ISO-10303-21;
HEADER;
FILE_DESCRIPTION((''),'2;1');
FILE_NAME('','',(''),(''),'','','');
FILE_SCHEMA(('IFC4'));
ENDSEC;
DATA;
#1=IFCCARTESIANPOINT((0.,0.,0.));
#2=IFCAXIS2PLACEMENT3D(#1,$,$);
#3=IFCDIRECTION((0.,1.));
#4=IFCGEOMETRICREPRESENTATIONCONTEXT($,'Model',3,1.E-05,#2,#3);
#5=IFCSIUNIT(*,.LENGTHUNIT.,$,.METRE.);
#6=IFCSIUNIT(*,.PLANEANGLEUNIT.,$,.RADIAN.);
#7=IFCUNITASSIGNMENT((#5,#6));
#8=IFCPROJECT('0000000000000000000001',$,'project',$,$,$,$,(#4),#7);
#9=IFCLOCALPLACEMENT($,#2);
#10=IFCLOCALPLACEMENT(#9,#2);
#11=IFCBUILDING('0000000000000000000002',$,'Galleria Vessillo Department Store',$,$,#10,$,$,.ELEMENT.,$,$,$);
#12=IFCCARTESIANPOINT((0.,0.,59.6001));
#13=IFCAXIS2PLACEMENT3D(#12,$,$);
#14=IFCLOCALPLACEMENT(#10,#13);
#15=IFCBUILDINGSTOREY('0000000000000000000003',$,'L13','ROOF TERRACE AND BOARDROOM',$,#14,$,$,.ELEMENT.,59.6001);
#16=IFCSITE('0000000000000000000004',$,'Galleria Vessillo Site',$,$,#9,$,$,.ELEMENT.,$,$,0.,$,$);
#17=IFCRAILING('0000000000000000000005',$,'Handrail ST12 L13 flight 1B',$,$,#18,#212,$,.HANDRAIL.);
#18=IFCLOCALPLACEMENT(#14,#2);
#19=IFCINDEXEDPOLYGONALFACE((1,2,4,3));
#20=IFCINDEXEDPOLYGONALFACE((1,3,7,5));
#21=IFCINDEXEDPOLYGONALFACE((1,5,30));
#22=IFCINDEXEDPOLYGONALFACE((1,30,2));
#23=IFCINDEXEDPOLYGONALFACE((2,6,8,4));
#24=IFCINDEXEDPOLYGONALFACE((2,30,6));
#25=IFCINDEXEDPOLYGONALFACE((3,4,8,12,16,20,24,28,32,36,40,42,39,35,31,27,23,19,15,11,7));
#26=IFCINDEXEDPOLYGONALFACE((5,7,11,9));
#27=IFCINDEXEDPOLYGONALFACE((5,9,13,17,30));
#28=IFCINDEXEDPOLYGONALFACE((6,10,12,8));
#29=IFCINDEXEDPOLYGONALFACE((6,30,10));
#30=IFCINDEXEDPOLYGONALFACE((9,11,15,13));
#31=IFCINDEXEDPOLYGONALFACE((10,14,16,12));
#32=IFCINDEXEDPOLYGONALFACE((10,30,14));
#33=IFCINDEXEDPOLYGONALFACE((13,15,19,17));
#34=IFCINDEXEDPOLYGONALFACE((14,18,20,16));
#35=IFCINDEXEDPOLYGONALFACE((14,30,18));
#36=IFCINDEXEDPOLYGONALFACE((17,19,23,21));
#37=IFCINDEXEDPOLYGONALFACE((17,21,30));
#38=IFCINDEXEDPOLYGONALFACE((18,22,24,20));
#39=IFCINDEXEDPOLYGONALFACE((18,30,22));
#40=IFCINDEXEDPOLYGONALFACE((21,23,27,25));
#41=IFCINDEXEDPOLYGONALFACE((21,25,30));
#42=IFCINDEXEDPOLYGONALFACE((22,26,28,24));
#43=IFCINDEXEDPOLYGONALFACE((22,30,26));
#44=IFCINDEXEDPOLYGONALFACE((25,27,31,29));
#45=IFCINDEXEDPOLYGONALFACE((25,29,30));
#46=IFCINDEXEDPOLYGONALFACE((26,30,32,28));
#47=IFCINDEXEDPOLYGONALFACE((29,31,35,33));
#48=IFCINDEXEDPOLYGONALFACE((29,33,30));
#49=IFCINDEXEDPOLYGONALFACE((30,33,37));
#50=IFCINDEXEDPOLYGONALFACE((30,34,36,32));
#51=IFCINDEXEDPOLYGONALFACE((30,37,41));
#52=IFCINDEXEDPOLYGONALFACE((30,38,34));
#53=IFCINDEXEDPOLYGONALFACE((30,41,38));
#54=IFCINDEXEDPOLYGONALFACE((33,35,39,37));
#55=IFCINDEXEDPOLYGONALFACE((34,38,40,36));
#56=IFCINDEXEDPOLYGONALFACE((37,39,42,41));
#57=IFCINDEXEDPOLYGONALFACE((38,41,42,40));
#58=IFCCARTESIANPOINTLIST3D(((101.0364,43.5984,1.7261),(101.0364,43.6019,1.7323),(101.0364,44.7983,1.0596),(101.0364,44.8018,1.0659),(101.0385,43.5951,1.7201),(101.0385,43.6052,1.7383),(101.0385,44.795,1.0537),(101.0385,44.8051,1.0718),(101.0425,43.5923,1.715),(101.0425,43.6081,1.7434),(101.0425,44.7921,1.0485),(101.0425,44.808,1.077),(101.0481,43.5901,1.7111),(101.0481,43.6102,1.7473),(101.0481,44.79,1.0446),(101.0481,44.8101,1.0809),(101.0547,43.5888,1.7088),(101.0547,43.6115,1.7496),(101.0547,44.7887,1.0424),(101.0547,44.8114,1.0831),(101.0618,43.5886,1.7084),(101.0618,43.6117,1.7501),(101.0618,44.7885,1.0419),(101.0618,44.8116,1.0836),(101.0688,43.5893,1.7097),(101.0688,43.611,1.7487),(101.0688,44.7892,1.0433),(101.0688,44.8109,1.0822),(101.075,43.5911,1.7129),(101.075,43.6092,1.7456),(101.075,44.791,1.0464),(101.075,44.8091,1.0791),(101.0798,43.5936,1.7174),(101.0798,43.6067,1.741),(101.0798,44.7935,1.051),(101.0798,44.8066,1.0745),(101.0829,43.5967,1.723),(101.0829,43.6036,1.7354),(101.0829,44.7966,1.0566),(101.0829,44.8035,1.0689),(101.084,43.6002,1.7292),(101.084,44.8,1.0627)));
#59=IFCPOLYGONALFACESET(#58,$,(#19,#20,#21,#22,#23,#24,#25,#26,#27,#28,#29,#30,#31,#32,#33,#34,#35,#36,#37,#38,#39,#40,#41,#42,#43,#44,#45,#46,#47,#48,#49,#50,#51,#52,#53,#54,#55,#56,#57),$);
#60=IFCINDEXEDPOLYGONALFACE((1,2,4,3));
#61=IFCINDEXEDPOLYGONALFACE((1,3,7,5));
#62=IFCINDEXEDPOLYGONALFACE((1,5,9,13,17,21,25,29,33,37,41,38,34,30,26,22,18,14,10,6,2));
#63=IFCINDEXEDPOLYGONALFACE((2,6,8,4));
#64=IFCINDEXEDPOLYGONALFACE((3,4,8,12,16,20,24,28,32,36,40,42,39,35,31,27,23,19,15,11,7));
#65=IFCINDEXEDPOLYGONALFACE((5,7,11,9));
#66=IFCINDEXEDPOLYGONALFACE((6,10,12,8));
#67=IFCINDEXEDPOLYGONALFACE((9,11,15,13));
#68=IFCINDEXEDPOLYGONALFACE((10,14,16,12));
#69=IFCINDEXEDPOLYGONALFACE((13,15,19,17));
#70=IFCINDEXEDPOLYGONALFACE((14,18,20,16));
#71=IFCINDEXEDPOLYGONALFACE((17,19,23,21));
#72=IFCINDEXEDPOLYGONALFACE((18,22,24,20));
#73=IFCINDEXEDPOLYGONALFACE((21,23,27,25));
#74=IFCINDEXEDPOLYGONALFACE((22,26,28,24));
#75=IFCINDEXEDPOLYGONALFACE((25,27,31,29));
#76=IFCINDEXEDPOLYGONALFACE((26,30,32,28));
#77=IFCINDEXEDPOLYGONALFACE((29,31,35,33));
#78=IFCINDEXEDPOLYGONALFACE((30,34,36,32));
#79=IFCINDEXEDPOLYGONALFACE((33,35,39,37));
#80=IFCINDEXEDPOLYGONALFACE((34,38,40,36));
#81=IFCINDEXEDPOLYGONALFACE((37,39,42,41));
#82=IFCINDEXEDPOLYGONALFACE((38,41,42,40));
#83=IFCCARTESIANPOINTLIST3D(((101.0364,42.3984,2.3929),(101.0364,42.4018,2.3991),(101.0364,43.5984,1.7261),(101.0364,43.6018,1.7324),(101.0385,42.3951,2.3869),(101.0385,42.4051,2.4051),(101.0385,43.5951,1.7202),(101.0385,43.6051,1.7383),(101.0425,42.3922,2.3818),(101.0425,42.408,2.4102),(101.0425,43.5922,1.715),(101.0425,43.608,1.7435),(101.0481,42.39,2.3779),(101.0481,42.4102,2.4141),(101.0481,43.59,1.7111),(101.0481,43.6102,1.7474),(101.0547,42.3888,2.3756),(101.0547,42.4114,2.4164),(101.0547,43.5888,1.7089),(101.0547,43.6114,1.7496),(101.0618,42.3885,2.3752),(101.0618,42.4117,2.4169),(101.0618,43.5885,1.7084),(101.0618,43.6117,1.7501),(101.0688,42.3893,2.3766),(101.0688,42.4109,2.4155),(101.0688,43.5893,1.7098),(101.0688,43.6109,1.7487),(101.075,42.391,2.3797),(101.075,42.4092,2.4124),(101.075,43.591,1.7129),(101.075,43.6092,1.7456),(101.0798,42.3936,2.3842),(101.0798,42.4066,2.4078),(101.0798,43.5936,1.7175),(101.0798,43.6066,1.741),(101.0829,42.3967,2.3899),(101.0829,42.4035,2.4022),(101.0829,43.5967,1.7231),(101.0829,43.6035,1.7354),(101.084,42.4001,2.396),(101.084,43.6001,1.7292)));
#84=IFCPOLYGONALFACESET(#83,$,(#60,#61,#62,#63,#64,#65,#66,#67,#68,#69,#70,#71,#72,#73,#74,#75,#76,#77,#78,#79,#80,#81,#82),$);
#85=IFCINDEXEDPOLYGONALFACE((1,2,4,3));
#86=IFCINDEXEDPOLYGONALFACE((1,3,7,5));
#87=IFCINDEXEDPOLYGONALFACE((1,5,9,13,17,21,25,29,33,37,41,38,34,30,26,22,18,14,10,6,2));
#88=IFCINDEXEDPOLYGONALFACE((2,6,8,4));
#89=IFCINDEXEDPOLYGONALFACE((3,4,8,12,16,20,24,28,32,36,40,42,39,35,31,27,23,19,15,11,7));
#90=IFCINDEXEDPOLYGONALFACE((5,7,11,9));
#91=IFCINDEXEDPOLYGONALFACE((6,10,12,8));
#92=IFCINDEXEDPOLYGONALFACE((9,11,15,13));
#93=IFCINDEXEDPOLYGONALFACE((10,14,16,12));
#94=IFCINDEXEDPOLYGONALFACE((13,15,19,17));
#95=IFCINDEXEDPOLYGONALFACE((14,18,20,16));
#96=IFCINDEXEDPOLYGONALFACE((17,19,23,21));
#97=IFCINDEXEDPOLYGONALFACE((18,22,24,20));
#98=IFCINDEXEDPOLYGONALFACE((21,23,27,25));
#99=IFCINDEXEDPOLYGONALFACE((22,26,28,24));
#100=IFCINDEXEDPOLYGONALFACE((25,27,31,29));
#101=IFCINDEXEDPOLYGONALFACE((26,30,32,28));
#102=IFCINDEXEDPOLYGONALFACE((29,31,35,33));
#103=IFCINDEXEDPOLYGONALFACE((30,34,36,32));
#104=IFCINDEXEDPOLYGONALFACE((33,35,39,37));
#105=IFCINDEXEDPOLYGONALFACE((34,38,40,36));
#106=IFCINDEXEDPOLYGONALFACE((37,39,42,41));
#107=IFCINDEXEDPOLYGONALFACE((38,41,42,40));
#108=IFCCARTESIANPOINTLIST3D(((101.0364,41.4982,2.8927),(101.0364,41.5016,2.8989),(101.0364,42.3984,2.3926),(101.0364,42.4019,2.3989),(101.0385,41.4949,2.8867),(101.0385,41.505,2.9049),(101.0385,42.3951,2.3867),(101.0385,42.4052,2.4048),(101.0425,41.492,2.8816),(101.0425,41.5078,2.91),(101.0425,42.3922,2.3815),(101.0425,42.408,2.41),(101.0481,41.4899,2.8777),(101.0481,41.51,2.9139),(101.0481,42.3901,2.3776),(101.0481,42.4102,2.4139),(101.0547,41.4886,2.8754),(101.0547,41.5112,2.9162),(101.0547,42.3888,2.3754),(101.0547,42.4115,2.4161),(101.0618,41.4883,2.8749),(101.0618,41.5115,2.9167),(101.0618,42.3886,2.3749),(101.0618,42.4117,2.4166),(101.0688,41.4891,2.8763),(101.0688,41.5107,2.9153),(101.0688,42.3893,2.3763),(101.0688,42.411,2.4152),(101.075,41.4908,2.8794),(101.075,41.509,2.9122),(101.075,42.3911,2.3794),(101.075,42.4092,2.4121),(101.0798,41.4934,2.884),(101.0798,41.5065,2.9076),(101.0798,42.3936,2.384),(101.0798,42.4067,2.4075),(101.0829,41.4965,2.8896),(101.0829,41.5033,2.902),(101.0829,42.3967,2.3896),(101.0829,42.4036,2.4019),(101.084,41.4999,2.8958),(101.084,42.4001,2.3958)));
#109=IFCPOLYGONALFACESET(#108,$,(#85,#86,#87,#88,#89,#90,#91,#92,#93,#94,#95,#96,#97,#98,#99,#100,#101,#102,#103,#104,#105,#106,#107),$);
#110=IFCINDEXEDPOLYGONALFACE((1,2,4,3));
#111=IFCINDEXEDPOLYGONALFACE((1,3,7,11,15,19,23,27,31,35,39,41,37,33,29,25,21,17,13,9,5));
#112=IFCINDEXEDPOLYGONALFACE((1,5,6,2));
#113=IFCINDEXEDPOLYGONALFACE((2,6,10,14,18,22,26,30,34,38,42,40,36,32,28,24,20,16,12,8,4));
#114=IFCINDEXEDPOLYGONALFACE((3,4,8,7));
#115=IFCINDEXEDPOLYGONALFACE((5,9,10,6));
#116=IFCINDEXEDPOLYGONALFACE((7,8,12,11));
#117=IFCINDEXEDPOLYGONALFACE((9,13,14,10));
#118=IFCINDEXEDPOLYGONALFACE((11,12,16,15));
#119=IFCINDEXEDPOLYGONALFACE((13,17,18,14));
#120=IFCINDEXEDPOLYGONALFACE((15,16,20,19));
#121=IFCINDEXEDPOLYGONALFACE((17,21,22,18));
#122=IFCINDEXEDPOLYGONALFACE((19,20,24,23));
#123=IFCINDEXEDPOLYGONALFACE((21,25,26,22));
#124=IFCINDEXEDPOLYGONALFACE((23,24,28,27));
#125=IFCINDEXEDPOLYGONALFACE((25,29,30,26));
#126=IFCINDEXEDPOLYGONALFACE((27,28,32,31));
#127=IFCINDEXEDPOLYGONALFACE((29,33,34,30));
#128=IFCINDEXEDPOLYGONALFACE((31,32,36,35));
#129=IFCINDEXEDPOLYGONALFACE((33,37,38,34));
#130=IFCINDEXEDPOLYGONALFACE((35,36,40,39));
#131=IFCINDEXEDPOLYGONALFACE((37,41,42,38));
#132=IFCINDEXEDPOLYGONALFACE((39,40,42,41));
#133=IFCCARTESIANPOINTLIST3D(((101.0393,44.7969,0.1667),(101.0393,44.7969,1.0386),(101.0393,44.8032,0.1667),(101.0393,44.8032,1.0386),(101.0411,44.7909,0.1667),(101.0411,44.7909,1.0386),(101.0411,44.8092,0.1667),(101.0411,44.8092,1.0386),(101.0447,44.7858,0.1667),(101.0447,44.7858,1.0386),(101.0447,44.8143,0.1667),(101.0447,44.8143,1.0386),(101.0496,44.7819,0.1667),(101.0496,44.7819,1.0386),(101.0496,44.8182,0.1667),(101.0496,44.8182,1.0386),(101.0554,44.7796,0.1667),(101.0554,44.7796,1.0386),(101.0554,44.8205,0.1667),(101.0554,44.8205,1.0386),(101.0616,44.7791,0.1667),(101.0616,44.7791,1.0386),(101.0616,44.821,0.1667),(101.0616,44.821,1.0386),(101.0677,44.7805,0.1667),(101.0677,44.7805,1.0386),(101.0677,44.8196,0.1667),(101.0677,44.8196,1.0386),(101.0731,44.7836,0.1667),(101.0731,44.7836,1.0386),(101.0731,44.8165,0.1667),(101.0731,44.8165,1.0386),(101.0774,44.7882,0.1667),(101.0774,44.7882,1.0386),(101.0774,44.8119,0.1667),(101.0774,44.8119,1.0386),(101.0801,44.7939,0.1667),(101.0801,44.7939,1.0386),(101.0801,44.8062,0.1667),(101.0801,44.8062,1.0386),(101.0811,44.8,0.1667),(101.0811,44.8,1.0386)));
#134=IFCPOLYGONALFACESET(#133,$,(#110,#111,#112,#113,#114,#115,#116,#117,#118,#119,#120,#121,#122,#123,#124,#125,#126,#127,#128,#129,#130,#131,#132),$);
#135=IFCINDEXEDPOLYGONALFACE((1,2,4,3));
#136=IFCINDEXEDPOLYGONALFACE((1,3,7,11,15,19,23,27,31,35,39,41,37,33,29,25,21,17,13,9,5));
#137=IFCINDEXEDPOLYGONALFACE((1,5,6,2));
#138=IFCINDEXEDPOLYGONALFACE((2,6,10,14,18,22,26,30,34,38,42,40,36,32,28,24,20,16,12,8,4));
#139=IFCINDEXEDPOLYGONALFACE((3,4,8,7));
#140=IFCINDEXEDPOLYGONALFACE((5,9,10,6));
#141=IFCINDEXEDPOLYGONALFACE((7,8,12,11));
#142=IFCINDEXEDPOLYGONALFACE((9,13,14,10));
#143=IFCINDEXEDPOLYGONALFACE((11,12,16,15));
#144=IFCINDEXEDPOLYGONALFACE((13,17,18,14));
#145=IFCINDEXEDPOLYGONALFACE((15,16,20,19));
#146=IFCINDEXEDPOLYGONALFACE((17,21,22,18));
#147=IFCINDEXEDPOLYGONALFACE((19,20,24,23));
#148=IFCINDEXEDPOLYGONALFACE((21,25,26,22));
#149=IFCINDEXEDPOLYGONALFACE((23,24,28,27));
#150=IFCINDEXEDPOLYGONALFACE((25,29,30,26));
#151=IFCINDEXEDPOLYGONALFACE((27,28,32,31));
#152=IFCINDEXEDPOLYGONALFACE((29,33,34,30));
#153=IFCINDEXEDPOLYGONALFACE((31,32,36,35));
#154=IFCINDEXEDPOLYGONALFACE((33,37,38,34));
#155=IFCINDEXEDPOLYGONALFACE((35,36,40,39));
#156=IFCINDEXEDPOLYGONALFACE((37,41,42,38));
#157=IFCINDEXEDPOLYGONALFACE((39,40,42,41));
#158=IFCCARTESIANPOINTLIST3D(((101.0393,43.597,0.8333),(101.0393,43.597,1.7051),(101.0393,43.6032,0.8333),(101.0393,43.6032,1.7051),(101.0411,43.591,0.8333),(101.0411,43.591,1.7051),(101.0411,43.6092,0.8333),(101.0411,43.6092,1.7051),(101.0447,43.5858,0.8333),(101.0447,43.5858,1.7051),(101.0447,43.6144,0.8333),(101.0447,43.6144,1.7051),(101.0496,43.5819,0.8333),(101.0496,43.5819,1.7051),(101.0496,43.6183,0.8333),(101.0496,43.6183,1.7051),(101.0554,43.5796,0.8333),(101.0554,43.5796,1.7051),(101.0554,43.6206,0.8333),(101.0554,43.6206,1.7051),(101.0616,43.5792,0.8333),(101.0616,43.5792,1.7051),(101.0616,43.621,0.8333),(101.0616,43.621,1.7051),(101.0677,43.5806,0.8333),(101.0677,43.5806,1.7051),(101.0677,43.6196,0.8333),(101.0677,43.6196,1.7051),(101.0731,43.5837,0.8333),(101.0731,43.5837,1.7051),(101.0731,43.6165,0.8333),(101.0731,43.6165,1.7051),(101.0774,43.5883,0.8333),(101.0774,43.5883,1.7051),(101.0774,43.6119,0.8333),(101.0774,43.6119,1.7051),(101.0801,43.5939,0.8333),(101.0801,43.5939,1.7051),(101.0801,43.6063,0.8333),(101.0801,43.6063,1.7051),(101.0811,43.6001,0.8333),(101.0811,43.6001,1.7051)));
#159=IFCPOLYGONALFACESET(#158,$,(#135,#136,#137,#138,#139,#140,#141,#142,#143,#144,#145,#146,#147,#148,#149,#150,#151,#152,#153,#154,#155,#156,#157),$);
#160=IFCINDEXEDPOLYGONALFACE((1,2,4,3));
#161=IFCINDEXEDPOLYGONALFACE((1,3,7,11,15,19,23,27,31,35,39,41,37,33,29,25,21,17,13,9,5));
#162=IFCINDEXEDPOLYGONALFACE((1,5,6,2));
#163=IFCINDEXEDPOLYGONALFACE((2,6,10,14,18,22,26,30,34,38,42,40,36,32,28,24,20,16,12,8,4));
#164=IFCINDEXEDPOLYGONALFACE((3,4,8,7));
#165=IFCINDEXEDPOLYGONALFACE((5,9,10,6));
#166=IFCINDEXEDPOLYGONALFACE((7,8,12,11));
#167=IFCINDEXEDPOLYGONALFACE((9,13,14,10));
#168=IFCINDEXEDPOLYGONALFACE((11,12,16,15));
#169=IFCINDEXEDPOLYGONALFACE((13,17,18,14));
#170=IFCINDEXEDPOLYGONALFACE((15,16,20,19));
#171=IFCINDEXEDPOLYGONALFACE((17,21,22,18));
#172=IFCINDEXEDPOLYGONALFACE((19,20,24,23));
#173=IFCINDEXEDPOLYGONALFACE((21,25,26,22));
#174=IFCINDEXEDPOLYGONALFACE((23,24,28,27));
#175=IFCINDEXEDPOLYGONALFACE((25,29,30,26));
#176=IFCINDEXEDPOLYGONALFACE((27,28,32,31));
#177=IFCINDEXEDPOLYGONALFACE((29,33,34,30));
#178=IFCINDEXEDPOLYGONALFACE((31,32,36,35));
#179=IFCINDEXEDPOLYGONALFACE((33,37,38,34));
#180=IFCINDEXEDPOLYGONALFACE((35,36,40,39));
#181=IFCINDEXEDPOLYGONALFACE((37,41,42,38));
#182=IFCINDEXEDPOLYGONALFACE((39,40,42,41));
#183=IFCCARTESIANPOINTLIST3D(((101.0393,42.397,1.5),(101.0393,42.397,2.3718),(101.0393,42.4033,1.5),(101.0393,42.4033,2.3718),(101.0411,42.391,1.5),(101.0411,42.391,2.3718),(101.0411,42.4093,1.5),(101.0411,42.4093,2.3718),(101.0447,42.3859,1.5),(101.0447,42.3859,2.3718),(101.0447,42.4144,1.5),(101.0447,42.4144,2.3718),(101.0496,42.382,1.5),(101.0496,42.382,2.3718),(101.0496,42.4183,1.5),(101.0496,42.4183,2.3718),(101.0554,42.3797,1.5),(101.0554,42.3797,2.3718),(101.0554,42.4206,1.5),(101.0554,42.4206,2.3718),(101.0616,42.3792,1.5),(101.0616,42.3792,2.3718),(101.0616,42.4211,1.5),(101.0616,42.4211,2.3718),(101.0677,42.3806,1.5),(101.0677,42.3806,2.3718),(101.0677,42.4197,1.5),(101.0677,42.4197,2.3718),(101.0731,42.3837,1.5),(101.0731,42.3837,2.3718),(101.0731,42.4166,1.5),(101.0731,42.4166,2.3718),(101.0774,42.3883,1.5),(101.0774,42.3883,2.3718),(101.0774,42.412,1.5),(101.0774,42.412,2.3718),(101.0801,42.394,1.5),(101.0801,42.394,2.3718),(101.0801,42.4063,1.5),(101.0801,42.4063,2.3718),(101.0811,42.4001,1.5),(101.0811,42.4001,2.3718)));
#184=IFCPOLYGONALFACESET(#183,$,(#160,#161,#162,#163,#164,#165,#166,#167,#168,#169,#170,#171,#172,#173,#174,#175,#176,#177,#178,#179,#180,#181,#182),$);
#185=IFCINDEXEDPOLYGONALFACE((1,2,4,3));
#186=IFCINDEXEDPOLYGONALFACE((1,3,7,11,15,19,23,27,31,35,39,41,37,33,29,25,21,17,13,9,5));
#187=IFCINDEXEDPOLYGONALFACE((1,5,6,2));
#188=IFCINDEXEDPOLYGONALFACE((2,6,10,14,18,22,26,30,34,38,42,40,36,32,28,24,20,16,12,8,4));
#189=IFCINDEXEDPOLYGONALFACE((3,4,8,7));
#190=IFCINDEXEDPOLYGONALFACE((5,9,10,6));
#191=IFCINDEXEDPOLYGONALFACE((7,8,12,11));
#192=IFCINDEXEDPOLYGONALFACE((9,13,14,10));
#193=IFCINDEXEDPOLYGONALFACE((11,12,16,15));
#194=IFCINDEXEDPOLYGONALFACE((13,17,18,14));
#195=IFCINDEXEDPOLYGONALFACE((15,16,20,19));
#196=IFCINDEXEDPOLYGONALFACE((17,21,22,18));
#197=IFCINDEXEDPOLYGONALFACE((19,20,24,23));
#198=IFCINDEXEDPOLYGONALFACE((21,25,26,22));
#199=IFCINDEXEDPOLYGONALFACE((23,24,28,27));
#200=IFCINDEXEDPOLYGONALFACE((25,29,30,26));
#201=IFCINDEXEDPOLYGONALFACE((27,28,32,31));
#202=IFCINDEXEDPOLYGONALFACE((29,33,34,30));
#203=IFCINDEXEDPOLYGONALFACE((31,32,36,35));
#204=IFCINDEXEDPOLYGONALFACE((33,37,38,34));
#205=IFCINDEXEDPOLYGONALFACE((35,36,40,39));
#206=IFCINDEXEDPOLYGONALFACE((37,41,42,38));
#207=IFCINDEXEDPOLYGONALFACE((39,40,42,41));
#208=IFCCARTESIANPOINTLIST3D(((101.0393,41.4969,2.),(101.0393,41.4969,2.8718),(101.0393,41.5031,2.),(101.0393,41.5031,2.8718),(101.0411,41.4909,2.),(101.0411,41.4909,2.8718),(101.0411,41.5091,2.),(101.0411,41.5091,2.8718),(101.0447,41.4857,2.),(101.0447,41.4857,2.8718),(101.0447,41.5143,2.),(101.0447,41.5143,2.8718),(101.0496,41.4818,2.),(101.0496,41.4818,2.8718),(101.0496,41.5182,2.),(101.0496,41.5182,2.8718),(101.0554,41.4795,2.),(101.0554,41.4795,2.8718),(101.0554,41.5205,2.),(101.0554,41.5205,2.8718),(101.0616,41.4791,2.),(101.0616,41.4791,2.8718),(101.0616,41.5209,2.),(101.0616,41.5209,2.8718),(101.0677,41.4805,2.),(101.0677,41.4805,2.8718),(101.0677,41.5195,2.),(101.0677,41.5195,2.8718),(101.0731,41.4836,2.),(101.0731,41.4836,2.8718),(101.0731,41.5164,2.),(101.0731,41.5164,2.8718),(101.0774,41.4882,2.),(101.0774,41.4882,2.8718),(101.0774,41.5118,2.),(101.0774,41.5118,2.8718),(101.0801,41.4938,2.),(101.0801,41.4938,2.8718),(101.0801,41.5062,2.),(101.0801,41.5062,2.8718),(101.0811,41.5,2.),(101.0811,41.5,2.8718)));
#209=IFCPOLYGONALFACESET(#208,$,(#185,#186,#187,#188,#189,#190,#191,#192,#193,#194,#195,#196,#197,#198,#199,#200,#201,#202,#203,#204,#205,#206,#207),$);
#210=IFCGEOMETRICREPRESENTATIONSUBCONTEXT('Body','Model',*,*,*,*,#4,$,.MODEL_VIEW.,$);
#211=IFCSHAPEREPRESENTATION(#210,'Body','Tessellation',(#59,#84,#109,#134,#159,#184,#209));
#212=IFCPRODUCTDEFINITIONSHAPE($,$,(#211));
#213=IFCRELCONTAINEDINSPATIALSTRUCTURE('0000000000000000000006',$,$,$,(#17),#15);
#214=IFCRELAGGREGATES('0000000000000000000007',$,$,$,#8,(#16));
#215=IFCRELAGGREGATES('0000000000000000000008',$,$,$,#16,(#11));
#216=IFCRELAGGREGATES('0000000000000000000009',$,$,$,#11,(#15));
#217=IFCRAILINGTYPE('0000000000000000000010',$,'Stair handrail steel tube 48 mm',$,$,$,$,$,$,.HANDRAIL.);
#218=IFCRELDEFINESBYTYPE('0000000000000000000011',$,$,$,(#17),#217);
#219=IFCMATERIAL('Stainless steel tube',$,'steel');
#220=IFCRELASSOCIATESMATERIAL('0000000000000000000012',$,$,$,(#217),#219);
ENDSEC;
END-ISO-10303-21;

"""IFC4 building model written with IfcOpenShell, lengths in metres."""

from ifc_helpers import new_model, si_unit, direction, frame, origin, origin_2d, place, context, subcontext, project, spatial, circle, extrude, material, type_object, element, save


model = new_model("IFC4")

# Units and contexts
model_context = context("Model", 3, precision=1e-05, world=origin(), true_north=direction((0.0, 1.0)))
body_context = subcontext(model_context, "Body", "Model", "MODEL_VIEW")
ifc_project = project(units=[si_unit("LENGTHUNIT", "METRE"), si_unit("PLANEANGLEUNIT", "RADIAN")], contexts=[model_context])

# Site, building, storey
site_placement = place(None, origin())
site = spatial("IfcSite", under=ifc_project, at=site_placement, Name="Galleria Vessillo Site", CompositionType="ELEMENT", RefElevation=0.0)
building_placement = place(site_placement, origin())
building = spatial("IfcBuilding", under=site, at=building_placement, Name="Galleria Vessillo Department Store", CompositionType="ELEMENT")
storey_placement = place(building_placement, frame((0.0, 0.0, 59.6001)))
storey = spatial("IfcBuildingStorey", under=building, at=storey_placement, Name="L13", Description="ROOF TERRACE AND BOARDROOM", CompositionType="ELEMENT", Elevation=59.6001)

# Railing
ifc_material_1 = material(Name="Stainless steel tube", Category="steel")
railing_type = type_object("IfcRailingType", Name="Stair handrail steel tube 48 mm", PredefinedType="HANDRAIL", material=ifc_material_1)
for number, where, name in (
    (1, (101.0601, 44.8, 0.1667), "Handrail ST12 L13 flight 1B"),
):
    element("IfcRailing", number, at=place(storey_placement, frame(where)), inside=storey, type_object=railing_type, Name=name, PredefinedType="HANDRAIL", context=body_context, shape_type="SweptSolid", body=[
        extrude(circle(Radius=0.0239, at=origin_2d()), frame((0.0, 0.0, 0.896), z_axis=(0.0, -0.874199, 0.485567), x_axis=(1.0, 0.0, 0.0)), (0.0, 0.0, 1.0), 1.3726),
        extrude(circle(Radius=0.0239, at=origin_2d()), frame((0.0, -1.2, 1.5625), z_axis=(0.0, -0.874124, 0.485703), x_axis=(1.0, 0.0, 0.0)), (0.0, 0.0, 1.0), 1.3728),
        extrude(circle(Radius=0.0239, at=origin_2d()), frame((0.0, -2.3999, 2.229), z_axis=(0.0, -0.874191, 0.485583), x_axis=(1.0, 0.0, 0.0)), (0.0, 0.0, 1.0), 1.0298),
        extrude(circle(Radius=0.021, at=origin_2d()), origin(), (0.0, 0.0, 1.0), 0.8718),
        extrude(circle(Radius=0.021, at=origin_2d()), frame((0.0, -1.2, 0.6665)), (0.0, 0.0, 1.0), 0.8718),
        extrude(circle(Radius=0.021, at=origin_2d()), frame((0.0, -2.3999, 1.3333)), (0.0, 0.0, 1.0), 0.8718),
        extrude(circle(Radius=0.021, at=origin_2d()), frame((0.0, -3.3, 1.8333)), (0.0, 0.0, 1.0), 0.8718),
    ])

save(model, "model.ifc")
